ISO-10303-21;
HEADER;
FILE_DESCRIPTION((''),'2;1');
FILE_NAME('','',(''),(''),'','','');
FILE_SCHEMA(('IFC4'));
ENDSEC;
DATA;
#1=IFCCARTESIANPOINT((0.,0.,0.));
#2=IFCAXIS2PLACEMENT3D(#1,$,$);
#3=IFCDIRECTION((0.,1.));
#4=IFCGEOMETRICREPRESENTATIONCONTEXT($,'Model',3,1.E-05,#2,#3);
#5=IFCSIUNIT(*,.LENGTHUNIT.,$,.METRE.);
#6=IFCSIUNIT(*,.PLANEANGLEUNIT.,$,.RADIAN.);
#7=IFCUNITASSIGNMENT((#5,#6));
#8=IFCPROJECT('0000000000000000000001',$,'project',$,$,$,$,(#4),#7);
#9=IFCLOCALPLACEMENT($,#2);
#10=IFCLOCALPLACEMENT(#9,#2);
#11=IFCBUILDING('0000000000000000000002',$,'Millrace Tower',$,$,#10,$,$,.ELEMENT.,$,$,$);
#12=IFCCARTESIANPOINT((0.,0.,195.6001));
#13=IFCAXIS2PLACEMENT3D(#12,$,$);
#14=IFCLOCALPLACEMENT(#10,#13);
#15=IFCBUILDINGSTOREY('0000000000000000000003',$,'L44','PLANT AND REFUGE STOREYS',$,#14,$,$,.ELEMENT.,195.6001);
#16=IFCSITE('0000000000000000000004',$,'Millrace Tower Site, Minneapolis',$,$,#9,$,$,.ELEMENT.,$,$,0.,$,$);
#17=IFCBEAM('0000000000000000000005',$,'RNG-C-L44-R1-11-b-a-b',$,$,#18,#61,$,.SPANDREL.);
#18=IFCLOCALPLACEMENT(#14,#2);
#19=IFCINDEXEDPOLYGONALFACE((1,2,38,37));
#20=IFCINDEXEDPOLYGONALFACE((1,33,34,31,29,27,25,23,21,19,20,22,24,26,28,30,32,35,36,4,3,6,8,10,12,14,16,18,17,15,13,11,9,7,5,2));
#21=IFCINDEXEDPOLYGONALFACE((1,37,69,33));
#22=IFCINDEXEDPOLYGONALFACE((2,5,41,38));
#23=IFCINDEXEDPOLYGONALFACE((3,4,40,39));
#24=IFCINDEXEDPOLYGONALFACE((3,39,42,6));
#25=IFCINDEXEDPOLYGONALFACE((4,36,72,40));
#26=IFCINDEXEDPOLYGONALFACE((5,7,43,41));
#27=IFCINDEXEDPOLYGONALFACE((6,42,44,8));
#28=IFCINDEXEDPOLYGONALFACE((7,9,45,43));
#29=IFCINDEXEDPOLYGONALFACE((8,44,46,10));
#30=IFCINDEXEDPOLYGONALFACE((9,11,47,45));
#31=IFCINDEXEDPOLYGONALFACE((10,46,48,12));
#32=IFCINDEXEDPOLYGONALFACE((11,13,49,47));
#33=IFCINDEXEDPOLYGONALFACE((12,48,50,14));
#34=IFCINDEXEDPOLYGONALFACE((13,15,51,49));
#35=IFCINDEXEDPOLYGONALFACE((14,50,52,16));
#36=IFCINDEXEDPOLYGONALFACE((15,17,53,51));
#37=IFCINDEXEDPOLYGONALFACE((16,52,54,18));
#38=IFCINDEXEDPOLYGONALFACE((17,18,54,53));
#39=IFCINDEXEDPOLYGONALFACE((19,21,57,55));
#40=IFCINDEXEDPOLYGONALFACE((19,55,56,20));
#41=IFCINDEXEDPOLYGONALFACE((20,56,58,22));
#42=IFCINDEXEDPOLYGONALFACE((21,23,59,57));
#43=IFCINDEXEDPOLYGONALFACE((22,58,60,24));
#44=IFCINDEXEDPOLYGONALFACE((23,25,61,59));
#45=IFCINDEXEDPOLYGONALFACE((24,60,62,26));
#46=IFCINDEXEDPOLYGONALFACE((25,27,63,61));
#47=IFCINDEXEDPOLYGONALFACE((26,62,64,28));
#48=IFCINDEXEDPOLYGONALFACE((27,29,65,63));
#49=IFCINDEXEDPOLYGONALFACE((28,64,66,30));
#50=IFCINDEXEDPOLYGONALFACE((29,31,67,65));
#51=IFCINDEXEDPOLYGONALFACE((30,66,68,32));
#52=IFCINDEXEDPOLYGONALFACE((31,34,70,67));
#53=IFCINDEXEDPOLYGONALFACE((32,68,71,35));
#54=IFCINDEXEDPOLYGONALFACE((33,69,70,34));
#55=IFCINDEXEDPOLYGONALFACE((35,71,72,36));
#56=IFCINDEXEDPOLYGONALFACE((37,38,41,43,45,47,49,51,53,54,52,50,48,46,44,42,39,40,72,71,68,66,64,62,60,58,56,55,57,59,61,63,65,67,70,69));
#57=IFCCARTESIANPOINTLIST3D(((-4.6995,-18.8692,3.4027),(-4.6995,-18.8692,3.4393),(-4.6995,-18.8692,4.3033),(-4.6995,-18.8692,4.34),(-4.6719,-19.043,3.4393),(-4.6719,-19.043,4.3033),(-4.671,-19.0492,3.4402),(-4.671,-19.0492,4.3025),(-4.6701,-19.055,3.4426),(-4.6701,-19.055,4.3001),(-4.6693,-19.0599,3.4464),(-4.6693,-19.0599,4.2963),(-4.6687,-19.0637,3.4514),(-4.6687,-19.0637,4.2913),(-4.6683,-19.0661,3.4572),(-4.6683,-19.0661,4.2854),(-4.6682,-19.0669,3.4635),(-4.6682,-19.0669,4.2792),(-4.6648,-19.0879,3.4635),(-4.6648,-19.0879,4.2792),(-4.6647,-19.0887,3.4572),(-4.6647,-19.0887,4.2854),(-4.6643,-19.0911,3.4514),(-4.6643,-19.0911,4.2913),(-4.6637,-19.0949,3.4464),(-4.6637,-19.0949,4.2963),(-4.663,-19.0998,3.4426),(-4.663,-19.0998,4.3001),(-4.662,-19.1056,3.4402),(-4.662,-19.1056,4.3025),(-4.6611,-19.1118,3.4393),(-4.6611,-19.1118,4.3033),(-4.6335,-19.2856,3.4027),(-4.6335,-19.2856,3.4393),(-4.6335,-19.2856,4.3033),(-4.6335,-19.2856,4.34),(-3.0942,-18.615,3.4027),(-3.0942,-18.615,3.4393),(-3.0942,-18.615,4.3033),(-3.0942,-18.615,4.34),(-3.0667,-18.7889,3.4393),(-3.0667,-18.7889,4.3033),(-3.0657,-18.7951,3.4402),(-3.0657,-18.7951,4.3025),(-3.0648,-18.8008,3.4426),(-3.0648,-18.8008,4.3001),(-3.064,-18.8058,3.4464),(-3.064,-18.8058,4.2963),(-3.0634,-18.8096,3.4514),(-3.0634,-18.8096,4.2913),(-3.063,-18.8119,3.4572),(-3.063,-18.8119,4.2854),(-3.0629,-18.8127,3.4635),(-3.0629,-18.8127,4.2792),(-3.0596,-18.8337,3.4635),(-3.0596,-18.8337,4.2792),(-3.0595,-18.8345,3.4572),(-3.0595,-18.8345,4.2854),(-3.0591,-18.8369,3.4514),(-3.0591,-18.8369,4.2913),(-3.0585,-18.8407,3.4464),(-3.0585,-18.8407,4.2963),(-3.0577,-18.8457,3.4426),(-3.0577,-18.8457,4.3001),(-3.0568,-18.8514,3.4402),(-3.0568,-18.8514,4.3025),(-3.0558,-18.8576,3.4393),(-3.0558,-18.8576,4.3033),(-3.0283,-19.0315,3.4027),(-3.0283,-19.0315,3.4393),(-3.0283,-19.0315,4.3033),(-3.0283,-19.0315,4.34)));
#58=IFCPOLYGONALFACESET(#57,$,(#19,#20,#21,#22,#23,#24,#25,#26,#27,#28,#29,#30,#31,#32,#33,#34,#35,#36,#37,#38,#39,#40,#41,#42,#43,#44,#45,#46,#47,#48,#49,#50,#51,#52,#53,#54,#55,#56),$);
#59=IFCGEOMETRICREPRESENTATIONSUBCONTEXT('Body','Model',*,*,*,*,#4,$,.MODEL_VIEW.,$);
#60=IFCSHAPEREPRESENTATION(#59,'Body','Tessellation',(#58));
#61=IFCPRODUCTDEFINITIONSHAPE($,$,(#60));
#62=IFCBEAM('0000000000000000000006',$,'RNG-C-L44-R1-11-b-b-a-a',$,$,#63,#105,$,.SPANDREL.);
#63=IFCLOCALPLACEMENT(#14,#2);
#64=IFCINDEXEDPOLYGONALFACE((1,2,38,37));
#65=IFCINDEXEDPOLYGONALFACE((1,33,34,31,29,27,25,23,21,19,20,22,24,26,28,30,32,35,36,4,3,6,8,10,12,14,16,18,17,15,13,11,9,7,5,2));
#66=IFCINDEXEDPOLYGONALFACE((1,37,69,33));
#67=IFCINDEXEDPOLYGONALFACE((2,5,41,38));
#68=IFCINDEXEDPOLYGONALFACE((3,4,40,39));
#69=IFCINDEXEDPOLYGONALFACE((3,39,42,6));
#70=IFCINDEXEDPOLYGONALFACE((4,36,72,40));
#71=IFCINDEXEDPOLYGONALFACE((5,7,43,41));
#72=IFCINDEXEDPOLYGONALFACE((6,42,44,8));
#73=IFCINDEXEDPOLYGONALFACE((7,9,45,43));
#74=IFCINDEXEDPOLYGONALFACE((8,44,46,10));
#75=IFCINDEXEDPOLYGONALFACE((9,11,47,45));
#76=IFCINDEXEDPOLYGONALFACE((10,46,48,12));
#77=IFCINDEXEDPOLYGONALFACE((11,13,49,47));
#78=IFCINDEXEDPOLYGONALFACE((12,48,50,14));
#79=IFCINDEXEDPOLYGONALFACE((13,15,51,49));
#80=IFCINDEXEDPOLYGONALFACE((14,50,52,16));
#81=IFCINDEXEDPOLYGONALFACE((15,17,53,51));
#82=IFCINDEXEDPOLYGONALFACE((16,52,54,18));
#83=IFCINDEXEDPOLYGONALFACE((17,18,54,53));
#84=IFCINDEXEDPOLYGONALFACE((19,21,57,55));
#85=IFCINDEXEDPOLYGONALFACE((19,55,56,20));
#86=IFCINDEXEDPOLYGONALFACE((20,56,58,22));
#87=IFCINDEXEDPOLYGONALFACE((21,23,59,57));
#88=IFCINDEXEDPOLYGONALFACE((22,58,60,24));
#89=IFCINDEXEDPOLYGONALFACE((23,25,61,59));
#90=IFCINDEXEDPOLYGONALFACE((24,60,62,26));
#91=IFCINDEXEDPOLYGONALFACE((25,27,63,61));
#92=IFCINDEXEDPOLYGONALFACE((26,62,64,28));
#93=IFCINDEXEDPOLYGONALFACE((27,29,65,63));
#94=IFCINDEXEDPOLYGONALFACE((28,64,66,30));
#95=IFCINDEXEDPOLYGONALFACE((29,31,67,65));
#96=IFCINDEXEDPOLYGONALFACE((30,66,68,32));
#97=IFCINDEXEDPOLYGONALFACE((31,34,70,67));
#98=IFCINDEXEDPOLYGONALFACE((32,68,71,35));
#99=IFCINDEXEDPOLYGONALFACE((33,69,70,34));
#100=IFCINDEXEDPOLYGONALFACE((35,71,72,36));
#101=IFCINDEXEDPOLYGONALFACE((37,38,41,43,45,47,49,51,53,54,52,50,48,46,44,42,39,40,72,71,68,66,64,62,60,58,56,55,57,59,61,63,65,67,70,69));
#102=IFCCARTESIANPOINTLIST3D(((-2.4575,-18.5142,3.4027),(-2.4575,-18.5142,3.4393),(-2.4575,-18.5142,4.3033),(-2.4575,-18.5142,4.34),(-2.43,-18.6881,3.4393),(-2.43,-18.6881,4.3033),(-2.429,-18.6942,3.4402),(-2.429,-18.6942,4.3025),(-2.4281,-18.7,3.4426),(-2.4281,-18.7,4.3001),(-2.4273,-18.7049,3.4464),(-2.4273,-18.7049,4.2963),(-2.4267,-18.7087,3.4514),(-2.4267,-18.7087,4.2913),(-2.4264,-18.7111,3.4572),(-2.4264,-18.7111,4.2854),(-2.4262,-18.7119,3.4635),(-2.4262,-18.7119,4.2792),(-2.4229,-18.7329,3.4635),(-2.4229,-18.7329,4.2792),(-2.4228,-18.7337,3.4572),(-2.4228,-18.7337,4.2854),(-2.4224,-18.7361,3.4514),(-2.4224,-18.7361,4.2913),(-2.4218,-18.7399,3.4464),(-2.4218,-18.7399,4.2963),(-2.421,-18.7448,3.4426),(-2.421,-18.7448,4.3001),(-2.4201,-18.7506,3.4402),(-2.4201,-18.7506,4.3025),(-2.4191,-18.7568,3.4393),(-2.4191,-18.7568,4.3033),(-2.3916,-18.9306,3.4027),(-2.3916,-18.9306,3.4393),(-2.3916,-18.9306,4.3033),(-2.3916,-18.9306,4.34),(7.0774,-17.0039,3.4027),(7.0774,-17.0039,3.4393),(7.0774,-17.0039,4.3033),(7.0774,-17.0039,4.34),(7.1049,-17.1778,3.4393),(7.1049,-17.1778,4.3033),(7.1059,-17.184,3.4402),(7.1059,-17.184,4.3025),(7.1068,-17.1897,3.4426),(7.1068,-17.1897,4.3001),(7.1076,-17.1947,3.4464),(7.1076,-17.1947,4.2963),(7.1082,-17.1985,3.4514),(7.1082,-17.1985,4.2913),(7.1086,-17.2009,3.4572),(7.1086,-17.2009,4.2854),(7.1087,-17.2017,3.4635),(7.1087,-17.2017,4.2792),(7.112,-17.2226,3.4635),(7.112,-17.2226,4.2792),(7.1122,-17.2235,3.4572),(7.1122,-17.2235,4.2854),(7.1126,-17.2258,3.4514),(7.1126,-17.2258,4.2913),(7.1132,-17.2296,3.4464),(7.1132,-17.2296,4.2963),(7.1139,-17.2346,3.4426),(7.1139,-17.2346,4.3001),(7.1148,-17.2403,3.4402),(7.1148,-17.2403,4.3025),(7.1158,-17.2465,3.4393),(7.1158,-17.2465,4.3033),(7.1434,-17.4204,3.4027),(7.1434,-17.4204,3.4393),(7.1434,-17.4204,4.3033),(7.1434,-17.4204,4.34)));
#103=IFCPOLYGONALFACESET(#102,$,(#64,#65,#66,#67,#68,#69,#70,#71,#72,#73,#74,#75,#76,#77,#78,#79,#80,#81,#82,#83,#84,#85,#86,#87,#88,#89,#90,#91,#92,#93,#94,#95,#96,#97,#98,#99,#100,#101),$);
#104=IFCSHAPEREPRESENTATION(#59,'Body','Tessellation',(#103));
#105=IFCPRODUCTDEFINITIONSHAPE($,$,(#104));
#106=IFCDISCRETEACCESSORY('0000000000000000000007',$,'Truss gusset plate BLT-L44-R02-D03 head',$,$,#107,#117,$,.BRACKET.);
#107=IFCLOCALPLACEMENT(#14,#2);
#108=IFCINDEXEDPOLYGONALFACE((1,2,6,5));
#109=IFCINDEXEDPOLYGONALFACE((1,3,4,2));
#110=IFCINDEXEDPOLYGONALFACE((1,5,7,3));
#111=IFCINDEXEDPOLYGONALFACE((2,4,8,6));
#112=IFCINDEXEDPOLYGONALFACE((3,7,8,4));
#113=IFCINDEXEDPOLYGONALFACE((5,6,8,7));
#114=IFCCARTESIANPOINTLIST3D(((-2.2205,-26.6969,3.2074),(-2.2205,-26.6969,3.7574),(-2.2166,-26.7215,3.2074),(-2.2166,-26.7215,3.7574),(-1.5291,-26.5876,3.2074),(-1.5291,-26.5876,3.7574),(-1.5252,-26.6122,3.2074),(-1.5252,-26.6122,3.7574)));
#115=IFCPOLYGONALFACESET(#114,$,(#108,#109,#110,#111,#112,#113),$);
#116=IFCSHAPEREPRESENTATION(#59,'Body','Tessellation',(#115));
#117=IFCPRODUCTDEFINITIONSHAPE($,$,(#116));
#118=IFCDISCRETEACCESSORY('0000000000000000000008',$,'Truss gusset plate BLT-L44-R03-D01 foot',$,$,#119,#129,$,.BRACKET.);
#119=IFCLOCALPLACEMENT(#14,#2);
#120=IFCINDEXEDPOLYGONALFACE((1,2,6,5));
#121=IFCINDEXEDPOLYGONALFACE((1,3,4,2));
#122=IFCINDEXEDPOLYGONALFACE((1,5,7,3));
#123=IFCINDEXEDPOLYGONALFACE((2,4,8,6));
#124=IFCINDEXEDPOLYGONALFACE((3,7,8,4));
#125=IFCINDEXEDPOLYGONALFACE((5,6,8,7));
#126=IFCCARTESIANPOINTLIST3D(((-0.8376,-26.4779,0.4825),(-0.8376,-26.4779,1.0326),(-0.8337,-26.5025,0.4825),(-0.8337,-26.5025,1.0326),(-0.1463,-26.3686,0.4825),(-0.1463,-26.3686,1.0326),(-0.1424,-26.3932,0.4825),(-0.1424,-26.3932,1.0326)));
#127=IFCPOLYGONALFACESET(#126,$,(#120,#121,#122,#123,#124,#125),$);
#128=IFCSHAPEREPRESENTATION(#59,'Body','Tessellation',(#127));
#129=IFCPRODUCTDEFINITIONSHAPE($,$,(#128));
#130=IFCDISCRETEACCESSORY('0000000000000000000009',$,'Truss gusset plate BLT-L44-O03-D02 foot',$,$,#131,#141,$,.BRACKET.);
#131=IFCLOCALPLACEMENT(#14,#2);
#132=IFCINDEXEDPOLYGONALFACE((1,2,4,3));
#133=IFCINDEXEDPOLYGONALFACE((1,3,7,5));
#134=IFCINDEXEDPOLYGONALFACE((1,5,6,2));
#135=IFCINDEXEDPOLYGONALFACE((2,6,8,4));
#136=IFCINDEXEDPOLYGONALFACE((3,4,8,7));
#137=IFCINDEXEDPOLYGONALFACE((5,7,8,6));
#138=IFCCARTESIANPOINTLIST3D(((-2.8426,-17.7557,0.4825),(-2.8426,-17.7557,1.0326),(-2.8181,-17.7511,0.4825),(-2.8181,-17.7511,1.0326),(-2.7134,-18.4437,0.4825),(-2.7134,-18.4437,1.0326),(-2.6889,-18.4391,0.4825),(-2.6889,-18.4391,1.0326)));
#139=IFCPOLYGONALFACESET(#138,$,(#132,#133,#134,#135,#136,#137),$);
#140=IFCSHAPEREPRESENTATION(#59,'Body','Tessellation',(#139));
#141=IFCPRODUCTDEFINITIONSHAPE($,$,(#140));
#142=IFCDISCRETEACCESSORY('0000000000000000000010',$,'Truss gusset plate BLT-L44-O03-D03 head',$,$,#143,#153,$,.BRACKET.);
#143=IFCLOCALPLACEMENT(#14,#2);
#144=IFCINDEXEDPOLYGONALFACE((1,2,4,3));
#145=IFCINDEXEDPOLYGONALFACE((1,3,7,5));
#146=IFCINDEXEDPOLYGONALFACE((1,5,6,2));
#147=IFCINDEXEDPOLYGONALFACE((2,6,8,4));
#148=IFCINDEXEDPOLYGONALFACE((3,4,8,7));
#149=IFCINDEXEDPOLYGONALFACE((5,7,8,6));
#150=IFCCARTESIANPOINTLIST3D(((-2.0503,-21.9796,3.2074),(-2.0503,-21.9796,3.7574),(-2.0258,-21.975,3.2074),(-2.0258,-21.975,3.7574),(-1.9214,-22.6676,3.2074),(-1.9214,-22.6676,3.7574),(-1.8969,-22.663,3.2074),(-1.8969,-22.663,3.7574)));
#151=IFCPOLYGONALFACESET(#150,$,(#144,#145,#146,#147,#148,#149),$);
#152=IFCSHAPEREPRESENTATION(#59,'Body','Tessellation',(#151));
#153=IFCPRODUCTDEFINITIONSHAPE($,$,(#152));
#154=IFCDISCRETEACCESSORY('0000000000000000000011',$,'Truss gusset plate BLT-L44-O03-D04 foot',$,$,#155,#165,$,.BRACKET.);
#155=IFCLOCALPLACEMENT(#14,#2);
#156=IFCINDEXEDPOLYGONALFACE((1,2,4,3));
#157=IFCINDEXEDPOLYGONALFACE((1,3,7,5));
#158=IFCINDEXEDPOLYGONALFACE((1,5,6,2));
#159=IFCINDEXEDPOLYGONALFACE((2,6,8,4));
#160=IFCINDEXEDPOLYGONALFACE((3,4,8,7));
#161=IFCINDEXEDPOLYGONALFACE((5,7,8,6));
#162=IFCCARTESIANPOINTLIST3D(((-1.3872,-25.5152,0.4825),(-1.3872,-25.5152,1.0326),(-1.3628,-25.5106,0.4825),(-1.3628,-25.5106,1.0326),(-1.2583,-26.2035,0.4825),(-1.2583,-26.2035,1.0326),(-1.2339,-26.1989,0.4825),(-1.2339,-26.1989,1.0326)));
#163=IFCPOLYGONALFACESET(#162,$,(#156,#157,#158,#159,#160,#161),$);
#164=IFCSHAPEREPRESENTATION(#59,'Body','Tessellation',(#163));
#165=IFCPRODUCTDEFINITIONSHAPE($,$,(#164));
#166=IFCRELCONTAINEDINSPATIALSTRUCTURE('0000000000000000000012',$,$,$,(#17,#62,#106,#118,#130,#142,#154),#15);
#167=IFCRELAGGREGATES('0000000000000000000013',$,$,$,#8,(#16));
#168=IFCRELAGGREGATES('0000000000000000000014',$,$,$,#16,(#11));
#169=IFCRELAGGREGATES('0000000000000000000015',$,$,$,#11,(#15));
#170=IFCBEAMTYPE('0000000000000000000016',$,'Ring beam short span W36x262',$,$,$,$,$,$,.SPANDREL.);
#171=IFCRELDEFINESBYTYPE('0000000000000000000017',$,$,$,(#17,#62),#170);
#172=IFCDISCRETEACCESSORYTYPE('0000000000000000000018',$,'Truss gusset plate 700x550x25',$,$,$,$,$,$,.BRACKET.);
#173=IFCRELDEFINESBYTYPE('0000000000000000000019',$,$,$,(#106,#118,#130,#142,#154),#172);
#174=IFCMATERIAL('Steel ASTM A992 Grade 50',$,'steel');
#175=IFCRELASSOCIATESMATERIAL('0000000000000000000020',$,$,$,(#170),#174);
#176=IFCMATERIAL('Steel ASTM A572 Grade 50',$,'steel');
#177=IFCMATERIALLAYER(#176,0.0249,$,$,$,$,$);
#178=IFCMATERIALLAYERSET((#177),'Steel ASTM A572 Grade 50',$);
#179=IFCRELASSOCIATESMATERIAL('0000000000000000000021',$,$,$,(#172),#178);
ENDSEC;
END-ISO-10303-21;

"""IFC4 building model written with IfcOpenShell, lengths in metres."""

from ifc_helpers import new_model, si_unit, direction, frame, origin, origin_2d, place, context, subcontext, project, spatial, rectangle, i_section, extrude, material, layer, layer_set, material_profile, profile_set, type_object, element, save


model = new_model("IFC4")

# Units and contexts
model_context = context("Model", 3, precision=1e-05, world=origin(), true_north=direction((0.0, 1.0)))
body_context = subcontext(model_context, "Body", "Model", "MODEL_VIEW")
ifc_project = project(units=[si_unit("LENGTHUNIT", "METRE"), si_unit("PLANEANGLEUNIT", "RADIAN")], contexts=[model_context])

# Site, building, storey
site_placement = place(None, origin())
site = spatial("IfcSite", under=ifc_project, at=site_placement, Name="Millrace Tower Site, Minneapolis", CompositionType="ELEMENT", RefElevation=0.0)
building_placement = place(site_placement, origin())
building = spatial("IfcBuilding", under=site, at=building_placement, Name="Millrace Tower", CompositionType="ELEMENT")
storey_placement = place(building_placement, frame((0.0, 0.0, 195.6001)))
storey = spatial("IfcBuildingStorey", under=building, at=storey_placement, Name="L44", Description="PLANT AND REFUGE STOREYS", CompositionType="ELEMENT", Elevation=195.6001)

# Beams
ifc_material_1 = material(Name="Steel ASTM A992 Grade 50", Category="steel")
ifc_material_profile_1 = material_profile(ifc_material_1, i_section(OverallWidth=0.4216, OverallDepth=0.9373, WebThickness=0.0212, FlangeThickness=0.0366, FilletRadius=0.0242, at=origin_2d()))
ifc_profile_set_1 = profile_set([ifc_material_profile_1], Name="Steel ASTM A992 Grade 50")
beam_type_1 = type_object("IfcBeamType", Name="Ring beam short span W36x262", PredefinedType="SPANDREL", material=ifc_profile_set_1)
beam_1_placement = place(storey_placement, frame((-4.6665, -19.0774, 3.8713), z_axis=(0.987697, 0.156379, 0.0), x_axis=(-0.156379, 0.987697, 0.0)))
element("IfcBeam", 1, at=beam_1_placement, inside=storey, type_object=beam_type_1, Name="RNG-C-L44-R1-11-b-a-b", PredefinedType="SPANDREL", context=body_context, shape_type="SweptSolid", body=[
    extrude(i_section(OverallWidth=0.4216, OverallDepth=0.9373, WebThickness=0.0212, FlangeThickness=0.0366, FilletRadius=0.0242, at=origin_2d()), origin(), (0.0, 0.0, 1.0), 1.6252),
])
beam_2_placement = place(storey_placement, frame((-2.4246, -18.7224, 3.8713), z_axis=(0.987687, 0.156442, 0.0), x_axis=(-0.156442, 0.987687, 0.0)))
element("IfcBeam", 2, at=beam_2_placement, inside=storey, type_object=beam_type_1, Name="RNG-C-L44-R1-11-b-b-a-a", PredefinedType="SPANDREL", context=body_context, shape_type="SweptSolid", body=[
    extrude(i_section(OverallWidth=0.4216, OverallDepth=0.9373, WebThickness=0.0212, FlangeThickness=0.0366, FilletRadius=0.0242, at=origin_2d()), origin(), (0.0, 0.0, 1.0), 9.6538),
])

# Discrete accessories
ifc_material_2 = material(Name="Steel ASTM A572 Grade 50", Category="steel")
ifc_layer_1 = layer(ifc_material_2, 0.0249)
ifc_layer_set_1 = layer_set([ifc_layer_1], Name="Steel ASTM A572 Grade 50")
discrete_accessory_type = type_object("IfcDiscreteAccessoryType", Name="Truss gusset plate 700x550x25", PredefinedType="BRACKET", material=ifc_layer_set_1)
for number, where, z_axis, x_axis, name in (
    (3, (-2.2185, -26.7092, 3.4824), (0.987718, 0.156249, 0.0), (-0.156249, 0.987718, 0.0), "Truss gusset plate BLT-L44-R02-D03 head"),
    (4, (-0.8357, -26.4902, 0.7576), (0.987718, 0.156249, 0.0), (-0.156249, 0.987718, 0.0), "Truss gusset plate BLT-L44-R03-D01 foot"),
    (5, (-2.8303, -17.7534, 0.7576), (0.184499, -0.982833, 0.0), (0.982833, 0.184499, 0.0), "Truss gusset plate BLT-L44-O03-D02 foot"),
    (6, (-2.0381, -21.9773, 3.4824), (0.184162, -0.982896, 0.0), (0.982896, 0.184162, 0.0), "Truss gusset plate BLT-L44-O03-D03 head"),
):
    element("IfcDiscreteAccessory", number, at=place(storey_placement, frame(where, z_axis=z_axis, x_axis=x_axis)), inside=storey, type_object=discrete_accessory_type, Name=name, PredefinedType="BRACKET", context=body_context, shape_type="SweptSolid", body=[
        extrude(rectangle(XDim=0.0249, YDim=0.55, at=origin_2d()), origin(), (0.0, 0.0, 1.0), 0.7),
    ])
discrete_accessory_placement = place(storey_placement, frame((-1.375, -25.5129, 0.7576), z_axis=(0.184099, -0.982908, 0.0), x_axis=(0.982908, 0.184099, 0.0)))
element("IfcDiscreteAccessory", 7, at=discrete_accessory_placement, inside=storey, type_object=discrete_accessory_type, Name="Truss gusset plate BLT-L44-O03-D04 foot", PredefinedType="BRACKET", context=body_context, shape_type="SweptSolid", body=[
    extrude(rectangle(XDim=0.0249, YDim=0.55, at=origin_2d()), origin(), (0.0, 0.0, 1.0), 0.7002),
])

save(model, "model.ifc")
